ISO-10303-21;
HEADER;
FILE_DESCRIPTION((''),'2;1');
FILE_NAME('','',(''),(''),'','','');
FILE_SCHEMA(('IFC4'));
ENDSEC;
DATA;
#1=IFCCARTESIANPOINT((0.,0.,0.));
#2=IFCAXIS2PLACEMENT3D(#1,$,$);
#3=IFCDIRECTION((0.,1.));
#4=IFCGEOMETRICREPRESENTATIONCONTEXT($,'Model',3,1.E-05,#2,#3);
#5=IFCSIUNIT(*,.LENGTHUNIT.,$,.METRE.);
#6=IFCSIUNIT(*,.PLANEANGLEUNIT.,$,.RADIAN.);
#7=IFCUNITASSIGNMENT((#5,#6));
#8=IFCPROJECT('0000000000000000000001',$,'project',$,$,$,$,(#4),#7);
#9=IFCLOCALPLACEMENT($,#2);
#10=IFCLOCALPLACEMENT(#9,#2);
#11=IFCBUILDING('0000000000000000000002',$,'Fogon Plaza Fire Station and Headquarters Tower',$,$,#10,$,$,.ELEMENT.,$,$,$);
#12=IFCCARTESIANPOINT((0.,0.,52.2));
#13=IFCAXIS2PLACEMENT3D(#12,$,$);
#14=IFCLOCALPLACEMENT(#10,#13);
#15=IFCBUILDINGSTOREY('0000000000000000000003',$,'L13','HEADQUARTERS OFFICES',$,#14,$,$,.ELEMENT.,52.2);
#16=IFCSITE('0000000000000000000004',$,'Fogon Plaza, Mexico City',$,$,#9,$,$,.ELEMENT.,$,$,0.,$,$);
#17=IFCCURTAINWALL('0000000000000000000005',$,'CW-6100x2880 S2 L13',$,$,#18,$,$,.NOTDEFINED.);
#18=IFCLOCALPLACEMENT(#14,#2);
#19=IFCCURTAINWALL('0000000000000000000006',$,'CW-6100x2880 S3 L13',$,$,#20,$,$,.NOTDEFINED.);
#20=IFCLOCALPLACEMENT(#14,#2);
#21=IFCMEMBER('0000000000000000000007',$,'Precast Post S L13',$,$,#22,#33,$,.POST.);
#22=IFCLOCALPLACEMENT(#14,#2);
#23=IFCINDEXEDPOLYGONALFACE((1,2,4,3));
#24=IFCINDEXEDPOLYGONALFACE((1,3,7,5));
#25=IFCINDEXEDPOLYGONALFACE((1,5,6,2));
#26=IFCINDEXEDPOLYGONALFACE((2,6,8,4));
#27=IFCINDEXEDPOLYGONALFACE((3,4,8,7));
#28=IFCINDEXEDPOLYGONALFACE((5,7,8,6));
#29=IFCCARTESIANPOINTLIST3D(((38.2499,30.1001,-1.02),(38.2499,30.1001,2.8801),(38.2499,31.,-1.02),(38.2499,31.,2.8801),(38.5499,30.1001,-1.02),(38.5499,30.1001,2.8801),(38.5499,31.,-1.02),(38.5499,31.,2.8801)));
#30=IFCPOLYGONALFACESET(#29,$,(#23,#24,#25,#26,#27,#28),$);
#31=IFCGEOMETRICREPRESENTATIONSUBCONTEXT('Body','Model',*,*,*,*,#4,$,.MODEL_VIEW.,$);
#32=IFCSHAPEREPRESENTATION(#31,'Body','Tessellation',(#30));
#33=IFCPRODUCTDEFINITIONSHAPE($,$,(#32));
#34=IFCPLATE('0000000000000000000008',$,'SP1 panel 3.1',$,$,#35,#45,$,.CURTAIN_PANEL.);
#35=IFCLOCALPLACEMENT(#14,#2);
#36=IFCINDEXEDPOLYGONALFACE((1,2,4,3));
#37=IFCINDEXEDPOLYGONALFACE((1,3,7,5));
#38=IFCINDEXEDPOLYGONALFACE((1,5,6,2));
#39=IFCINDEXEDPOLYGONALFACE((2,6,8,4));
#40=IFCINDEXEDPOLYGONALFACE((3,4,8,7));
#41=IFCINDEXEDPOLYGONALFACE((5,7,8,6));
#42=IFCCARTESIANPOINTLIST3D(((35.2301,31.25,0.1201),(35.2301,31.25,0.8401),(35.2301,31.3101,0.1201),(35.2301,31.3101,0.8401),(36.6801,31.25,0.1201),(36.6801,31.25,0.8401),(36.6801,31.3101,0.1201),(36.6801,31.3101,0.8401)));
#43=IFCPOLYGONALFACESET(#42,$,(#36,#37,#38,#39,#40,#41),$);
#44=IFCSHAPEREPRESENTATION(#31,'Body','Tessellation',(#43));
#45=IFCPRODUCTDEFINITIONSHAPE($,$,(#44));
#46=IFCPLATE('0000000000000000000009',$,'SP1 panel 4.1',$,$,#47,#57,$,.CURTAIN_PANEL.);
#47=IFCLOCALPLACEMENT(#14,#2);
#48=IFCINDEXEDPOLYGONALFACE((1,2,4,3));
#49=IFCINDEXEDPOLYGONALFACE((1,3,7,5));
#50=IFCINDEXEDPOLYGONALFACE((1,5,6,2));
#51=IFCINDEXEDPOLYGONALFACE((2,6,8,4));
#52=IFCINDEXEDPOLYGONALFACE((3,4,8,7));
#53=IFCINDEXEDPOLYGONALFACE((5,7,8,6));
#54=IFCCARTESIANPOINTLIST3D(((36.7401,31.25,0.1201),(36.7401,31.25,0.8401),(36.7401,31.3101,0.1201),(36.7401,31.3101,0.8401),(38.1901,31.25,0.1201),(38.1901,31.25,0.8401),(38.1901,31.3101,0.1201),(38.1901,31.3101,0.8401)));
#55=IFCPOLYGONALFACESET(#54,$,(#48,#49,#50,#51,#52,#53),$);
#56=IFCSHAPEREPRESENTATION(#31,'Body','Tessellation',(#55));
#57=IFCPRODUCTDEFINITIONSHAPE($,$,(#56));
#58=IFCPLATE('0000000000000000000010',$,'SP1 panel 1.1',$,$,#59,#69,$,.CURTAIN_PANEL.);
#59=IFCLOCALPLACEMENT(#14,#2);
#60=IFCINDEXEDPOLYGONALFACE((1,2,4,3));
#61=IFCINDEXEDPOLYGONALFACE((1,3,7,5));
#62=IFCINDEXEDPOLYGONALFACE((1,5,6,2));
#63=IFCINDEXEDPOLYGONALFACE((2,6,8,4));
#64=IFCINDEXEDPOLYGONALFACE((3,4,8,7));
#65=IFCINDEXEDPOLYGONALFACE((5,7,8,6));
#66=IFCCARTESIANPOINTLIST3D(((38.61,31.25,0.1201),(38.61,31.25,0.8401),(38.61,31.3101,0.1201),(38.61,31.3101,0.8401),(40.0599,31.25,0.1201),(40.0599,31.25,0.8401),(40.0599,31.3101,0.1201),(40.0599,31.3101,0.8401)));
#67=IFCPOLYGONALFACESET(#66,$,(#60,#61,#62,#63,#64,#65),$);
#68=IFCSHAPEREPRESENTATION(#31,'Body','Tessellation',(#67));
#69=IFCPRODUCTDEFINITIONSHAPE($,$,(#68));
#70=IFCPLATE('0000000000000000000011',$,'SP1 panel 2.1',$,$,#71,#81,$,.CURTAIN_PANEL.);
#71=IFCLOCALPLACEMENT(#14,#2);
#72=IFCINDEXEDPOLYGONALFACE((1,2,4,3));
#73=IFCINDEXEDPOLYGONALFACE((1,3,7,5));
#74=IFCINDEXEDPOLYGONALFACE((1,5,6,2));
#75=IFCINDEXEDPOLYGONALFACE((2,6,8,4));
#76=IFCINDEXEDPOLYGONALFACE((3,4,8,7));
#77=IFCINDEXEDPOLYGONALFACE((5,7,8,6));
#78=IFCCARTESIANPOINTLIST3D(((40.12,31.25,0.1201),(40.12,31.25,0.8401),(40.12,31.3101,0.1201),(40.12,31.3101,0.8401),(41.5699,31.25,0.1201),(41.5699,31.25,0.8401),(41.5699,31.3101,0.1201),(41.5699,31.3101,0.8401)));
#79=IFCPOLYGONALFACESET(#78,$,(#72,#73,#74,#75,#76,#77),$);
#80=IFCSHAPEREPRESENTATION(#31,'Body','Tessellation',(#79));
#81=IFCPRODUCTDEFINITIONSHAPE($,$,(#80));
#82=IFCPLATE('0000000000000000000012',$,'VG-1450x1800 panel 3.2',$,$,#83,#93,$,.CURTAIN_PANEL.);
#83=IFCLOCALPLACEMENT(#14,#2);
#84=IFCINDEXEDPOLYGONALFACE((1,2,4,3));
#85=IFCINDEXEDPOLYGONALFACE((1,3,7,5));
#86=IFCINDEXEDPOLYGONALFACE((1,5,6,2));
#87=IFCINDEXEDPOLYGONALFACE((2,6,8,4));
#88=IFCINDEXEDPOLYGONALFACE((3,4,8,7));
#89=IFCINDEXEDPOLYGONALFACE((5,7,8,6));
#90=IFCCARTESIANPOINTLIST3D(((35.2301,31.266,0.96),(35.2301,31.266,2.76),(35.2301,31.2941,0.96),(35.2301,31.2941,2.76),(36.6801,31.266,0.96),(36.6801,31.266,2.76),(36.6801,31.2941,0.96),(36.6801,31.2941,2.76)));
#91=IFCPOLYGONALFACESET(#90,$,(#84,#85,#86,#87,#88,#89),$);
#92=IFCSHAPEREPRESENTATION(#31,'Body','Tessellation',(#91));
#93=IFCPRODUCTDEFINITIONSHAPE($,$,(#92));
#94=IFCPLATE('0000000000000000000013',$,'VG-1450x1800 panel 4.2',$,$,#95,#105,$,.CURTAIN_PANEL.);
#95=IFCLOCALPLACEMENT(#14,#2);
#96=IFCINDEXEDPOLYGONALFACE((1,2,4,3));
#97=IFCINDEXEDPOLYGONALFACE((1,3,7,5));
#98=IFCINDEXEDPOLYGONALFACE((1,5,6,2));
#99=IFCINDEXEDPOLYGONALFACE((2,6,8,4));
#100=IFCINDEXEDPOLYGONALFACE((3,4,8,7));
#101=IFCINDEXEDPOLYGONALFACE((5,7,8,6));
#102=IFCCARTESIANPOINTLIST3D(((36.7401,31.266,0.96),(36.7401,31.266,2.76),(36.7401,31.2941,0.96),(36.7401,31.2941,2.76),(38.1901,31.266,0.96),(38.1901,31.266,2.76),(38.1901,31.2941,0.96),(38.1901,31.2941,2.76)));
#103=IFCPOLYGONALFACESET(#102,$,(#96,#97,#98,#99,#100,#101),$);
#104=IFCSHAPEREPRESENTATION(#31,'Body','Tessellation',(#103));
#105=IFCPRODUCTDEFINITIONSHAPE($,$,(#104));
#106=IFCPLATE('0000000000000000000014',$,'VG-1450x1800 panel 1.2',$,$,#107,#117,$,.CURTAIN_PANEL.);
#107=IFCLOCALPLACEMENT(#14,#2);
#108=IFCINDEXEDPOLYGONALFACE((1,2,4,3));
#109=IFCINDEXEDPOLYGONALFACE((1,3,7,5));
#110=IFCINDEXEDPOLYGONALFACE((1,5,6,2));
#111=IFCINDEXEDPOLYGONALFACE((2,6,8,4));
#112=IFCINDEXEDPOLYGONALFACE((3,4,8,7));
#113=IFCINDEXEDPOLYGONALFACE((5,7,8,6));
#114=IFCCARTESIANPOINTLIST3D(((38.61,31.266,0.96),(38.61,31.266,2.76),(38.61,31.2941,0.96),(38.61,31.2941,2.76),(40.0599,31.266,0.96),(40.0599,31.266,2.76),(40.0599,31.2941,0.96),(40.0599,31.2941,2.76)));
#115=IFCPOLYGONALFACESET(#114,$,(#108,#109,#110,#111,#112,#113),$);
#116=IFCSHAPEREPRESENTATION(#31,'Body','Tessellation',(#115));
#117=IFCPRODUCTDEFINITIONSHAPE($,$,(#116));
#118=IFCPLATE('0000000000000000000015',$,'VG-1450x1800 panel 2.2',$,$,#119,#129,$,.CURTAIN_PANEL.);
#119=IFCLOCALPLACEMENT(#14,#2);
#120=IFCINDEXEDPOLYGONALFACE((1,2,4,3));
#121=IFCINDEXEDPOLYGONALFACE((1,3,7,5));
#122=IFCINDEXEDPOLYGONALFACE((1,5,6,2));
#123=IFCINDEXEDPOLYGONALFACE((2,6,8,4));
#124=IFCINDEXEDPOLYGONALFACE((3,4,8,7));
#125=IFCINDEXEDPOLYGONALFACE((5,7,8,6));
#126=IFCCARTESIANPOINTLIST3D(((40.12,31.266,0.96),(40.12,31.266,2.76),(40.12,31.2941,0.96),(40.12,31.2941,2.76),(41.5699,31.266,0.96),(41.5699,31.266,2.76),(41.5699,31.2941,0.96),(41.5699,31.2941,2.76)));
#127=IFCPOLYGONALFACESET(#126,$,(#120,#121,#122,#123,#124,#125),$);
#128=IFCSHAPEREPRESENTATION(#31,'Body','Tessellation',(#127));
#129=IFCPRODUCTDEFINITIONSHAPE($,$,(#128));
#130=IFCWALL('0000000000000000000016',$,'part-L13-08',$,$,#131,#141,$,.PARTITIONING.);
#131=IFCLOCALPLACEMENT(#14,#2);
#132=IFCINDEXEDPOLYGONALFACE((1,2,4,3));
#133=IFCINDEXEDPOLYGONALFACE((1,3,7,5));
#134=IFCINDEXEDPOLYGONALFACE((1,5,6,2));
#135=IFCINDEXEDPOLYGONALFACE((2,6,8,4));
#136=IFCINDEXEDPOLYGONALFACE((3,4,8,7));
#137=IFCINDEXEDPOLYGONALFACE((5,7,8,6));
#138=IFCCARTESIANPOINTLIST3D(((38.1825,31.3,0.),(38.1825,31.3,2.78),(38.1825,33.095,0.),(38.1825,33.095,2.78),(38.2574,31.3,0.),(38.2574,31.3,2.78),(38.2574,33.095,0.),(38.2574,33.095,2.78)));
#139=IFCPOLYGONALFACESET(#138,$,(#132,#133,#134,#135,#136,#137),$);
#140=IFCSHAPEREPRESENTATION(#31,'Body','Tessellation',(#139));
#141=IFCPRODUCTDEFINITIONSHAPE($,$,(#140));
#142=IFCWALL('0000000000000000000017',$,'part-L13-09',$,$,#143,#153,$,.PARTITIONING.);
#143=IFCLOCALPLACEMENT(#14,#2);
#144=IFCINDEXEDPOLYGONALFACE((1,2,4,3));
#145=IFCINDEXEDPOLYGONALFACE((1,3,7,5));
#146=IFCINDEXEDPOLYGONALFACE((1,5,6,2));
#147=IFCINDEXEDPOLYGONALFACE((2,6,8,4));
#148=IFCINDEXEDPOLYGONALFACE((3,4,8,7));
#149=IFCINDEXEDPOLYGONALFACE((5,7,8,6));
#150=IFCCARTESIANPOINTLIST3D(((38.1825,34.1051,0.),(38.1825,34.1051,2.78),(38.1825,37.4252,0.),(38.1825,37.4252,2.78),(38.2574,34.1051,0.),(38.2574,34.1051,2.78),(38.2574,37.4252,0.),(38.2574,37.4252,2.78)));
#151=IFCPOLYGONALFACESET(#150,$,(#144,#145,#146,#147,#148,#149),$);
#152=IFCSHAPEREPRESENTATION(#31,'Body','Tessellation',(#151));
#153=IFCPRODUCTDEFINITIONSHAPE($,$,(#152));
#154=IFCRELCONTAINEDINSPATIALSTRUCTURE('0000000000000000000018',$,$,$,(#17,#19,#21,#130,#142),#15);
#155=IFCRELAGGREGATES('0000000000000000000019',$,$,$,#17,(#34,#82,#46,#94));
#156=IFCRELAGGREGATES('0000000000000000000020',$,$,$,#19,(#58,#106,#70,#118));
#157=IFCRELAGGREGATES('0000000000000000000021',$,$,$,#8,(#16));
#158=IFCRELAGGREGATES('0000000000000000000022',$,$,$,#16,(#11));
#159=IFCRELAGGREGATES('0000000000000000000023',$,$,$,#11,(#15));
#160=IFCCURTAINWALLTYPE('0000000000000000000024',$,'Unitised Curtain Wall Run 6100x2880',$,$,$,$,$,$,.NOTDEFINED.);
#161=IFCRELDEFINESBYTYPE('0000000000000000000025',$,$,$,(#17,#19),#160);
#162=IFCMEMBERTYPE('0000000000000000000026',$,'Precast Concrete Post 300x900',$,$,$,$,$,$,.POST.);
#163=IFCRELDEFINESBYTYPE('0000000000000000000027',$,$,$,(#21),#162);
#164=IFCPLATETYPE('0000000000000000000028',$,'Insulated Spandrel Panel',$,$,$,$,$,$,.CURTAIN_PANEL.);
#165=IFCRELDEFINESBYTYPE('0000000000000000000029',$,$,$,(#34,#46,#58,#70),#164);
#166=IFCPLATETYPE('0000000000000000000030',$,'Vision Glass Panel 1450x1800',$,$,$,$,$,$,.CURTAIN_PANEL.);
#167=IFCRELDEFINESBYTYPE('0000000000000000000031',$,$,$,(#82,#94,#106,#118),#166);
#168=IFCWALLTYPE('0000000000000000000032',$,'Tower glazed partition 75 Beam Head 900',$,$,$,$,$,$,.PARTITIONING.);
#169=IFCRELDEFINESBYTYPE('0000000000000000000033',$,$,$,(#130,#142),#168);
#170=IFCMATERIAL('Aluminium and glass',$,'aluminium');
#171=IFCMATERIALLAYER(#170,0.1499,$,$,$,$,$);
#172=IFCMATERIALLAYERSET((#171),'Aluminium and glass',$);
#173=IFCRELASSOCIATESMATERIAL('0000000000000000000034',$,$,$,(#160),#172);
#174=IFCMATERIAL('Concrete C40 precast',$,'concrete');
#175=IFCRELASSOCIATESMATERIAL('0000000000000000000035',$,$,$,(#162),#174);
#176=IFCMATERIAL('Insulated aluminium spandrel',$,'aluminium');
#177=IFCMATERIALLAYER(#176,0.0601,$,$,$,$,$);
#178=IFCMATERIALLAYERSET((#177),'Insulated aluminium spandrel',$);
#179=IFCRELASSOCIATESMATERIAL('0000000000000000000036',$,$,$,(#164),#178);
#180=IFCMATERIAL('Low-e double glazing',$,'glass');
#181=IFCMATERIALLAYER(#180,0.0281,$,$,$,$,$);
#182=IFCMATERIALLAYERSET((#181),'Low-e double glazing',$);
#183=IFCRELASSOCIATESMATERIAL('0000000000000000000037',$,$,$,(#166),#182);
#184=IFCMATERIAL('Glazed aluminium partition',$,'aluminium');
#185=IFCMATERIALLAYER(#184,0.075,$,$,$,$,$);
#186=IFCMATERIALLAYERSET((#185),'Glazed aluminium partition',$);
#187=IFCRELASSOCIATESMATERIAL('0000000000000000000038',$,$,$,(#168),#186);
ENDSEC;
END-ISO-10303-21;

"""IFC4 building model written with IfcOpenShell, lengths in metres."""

from ifc_helpers import new_model, si_unit, direction, frame, frame_2d, origin, origin_2d, place, context, subcontext, project, spatial, rectangle, extrude, material, layer, layer_set, material_profile, profile_set, type_object, element, aggregate, save


model = new_model("IFC4")

# Units and contexts
model_context = context("Model", 3, precision=1e-05, world=origin(), true_north=direction((0.0, 1.0)))
body_context = subcontext(model_context, "Body", "Model", "MODEL_VIEW")
ifc_project = project(units=[si_unit("LENGTHUNIT", "METRE"), si_unit("PLANEANGLEUNIT", "RADIAN")], contexts=[model_context])

# Site, building, storey
site_placement = place(None, origin())
site = spatial("IfcSite", under=ifc_project, at=site_placement, Name="Fogon Plaza, Mexico City", CompositionType="ELEMENT", RefElevation=0.0)
building_placement = place(site_placement, origin())
building = spatial("IfcBuilding", under=site, at=building_placement, Name="Fogon Plaza Fire Station and Headquarters Tower", CompositionType="ELEMENT")
storey_placement = place(building_placement, frame((0.0, 0.0, 52.2)))
storey = spatial("IfcBuildingStorey", under=building, at=storey_placement, Name="L13", Description="HEADQUARTERS OFFICES", CompositionType="ELEMENT", Elevation=52.2)

# Curtain walls
ifc_material_1 = material(Name="Aluminium and glass", Category="aluminium")
ifc_layer_1 = layer(ifc_material_1, 0.1499)
ifc_layer_set_1 = layer_set([ifc_layer_1], Name="Aluminium and glass")
curtain_wall_type = type_object("IfcCurtainWallType", Name="Unitised Curtain Wall Run 6100x2880", PredefinedType="NOTDEFINED", material=ifc_layer_set_1)
curtain_wall_1_placement = place(storey_placement, origin())
curtain_wall_1 = element("IfcCurtainWall", 1, at=curtain_wall_1_placement, inside=storey, type_object=curtain_wall_type, Name="CW-6100x2880 S2 L13", PredefinedType="NOTDEFINED")
curtain_wall_2_placement = place(storey_placement, origin())
curtain_wall_2 = element("IfcCurtainWall", 2, at=curtain_wall_2_placement, inside=storey, type_object=curtain_wall_type, Name="CW-6100x2880 S3 L13", PredefinedType="NOTDEFINED")

# Member
ifc_material_2 = material(Name="Concrete C40 precast", Category="concrete")
ifc_material_profile_1 = material_profile(ifc_material_2, rectangle(XDim=0.3, YDim=0.8999, at=origin_2d()), Name="Precast Concrete Post 300x900")
ifc_profile_set_1 = profile_set([ifc_material_profile_1], Name="Concrete C40 precast")
member_type_1 = type_object("IfcMemberType", Name="Precast Concrete Post 300x900", PredefinedType="POST", material=ifc_profile_set_1)
member_1_placement = place(storey_placement, frame((38.3999, 30.55, -1.02), z_axis=(0.0, 0.0, 1.0), x_axis=(1.0, 0.0, 0.0)))
element("IfcMember", 3, at=member_1_placement, inside=storey, type_object=member_type_1, Name="Precast Post S L13", PredefinedType="POST", context=body_context, shape_type="SweptSolid", body=[
    extrude(rectangle(XDim=0.3, YDim=0.8999, at=origin_2d()), origin(), (0.0, 0.0, 1.0), 3.9001),
])

# Plates
ifc_material_3 = material(Name="Insulated aluminium spandrel", Category="aluminium")
ifc_layer_2 = layer(ifc_material_3, 0.0601)
ifc_layer_set_2 = layer_set([ifc_layer_2], Name="Insulated aluminium spandrel")
plate_type_1 = type_object("IfcPlateType", Name="Insulated Spandrel Panel", PredefinedType="CURTAIN_PANEL", material=ifc_layer_set_2)
plate_1_placement = place(storey_placement, frame((35.9551, 31.28, 0.1201), z_axis=(0.0, 0.0, 1.0), x_axis=(1.0, 0.0, 0.0)))
plate_1 = element("IfcPlate", 4, at=plate_1_placement, type_object=plate_type_1, Name="SP1 panel 3.1", PredefinedType="CURTAIN_PANEL", context=body_context, shape_type="SweptSolid", body=[
    extrude(rectangle(XDim=1.45, YDim=0.0601, at=origin_2d()), origin(), (0.0, 0.0, 1.0), 0.72),
])
plate_2_placement = place(storey_placement, frame((37.4651, 31.28, 0.1201), z_axis=(0.0, 0.0, 1.0), x_axis=(1.0, 0.0, 0.0)))
plate_2 = element("IfcPlate", 5, at=plate_2_placement, type_object=plate_type_1, Name="SP1 panel 4.1", PredefinedType="CURTAIN_PANEL", context=body_context, shape_type="SweptSolid", body=[
    extrude(rectangle(XDim=1.45, YDim=0.0601, at=origin_2d()), origin(), (0.0, 0.0, 1.0), 0.72),
])
plate_3_placement = place(storey_placement, frame((39.335, 31.28, 0.1201), z_axis=(0.0, 0.0, 1.0), x_axis=(1.0, 0.0, 0.0)))
plate_3 = element("IfcPlate", 6, at=plate_3_placement, type_object=plate_type_1, Name="SP1 panel 1.1", PredefinedType="CURTAIN_PANEL", context=body_context, shape_type="SweptSolid", body=[
    extrude(rectangle(XDim=1.45, YDim=0.0601, at=origin_2d()), origin(), (0.0, 0.0, 1.0), 0.72),
])
plate_4_placement = place(storey_placement, frame((40.845, 31.28, 0.1201), z_axis=(0.0, 0.0, 1.0), x_axis=(1.0, 0.0, 0.0)))
plate_4 = element("IfcPlate", 7, at=plate_4_placement, type_object=plate_type_1, Name="SP1 panel 2.1", PredefinedType="CURTAIN_PANEL", context=body_context, shape_type="SweptSolid", body=[
    extrude(rectangle(XDim=1.45, YDim=0.0601, at=origin_2d()), origin(), (0.0, 0.0, 1.0), 0.72),
])
ifc_material_4 = material(Name="Low-e double glazing", Category="glass")
ifc_layer_3 = layer(ifc_material_4, 0.0281)
ifc_layer_set_3 = layer_set([ifc_layer_3], Name="Low-e double glazing")
plate_type_2 = type_object("IfcPlateType", Name="Vision Glass Panel 1450x1800", PredefinedType="CURTAIN_PANEL", material=ifc_layer_set_3)
plate_5_placement = place(storey_placement, frame((35.9551, 31.28, 0.96), z_axis=(0.0, 0.0, 1.0), x_axis=(1.0, 0.0, 0.0)))
plate_5 = element("IfcPlate", 8, at=plate_5_placement, type_object=plate_type_2, Name="VG-1450x1800 panel 3.2", PredefinedType="CURTAIN_PANEL", context=body_context, shape_type="SweptSolid", body=[
    extrude(rectangle(XDim=1.45, YDim=0.0281, at=origin_2d()), origin(), (0.0, 0.0, 1.0), 1.8),
])
plate_6_placement = place(storey_placement, frame((37.4651, 31.28, 0.96), z_axis=(0.0, 0.0, 1.0), x_axis=(1.0, 0.0, 0.0)))
plate_6 = element("IfcPlate", 9, at=plate_6_placement, type_object=plate_type_2, Name="VG-1450x1800 panel 4.2", PredefinedType="CURTAIN_PANEL", context=body_context, shape_type="SweptSolid", body=[
    extrude(rectangle(XDim=1.45, YDim=0.0281, at=origin_2d()), origin(), (0.0, 0.0, 1.0), 1.8),
])
aggregate(curtain_wall_1, [plate_1, plate_5, plate_2, plate_6])
plate_7_placement = place(storey_placement, frame((39.335, 31.28, 0.96), z_axis=(0.0, 0.0, 1.0), x_axis=(1.0, 0.0, 0.0)))
plate_7 = element("IfcPlate", 10, at=plate_7_placement, type_object=plate_type_2, Name="VG-1450x1800 panel 1.2", PredefinedType="CURTAIN_PANEL", context=body_context, shape_type="SweptSolid", body=[
    extrude(rectangle(XDim=1.45, YDim=0.0281, at=origin_2d()), origin(), (0.0, 0.0, 1.0), 1.8),
])
plate_8_placement = place(storey_placement, frame((40.845, 31.28, 0.96), z_axis=(0.0, 0.0, 1.0), x_axis=(1.0, 0.0, 0.0)))
plate_8 = element("IfcPlate", 11, at=plate_8_placement, type_object=plate_type_2, Name="VG-1450x1800 panel 2.2", PredefinedType="CURTAIN_PANEL", context=body_context, shape_type="SweptSolid", body=[
    extrude(rectangle(XDim=1.45, YDim=0.0281, at=origin_2d()), origin(), (0.0, 0.0, 1.0), 1.8),
])
aggregate(curtain_wall_2, [plate_3, plate_7, plate_4, plate_8])

# Walls
ifc_material_5 = material(Name="Glazed aluminium partition", Category="aluminium")
ifc_layer_4 = layer(ifc_material_5, 0.075)
ifc_layer_set_4 = layer_set([ifc_layer_4], Name="Glazed aluminium partition")
wall_type = type_object("IfcWallType", Name="Tower glazed partition 75 Beam Head 900", PredefinedType="PARTITIONING", material=ifc_layer_set_4)
wall_1_placement = place(storey_placement, frame((38.22, 31.3, 0.0), z_axis=(0.0, 0.0, 1.0), x_axis=(0.0, 1.0, 0.0)))
element("IfcWall", 12, at=wall_1_placement, inside=storey, type_object=wall_type, Name="part-L13-08", PredefinedType="PARTITIONING", context=body_context, shape_type="SweptSolid", body=[
    extrude(rectangle(XDim=1.7949, YDim=0.075, at=frame_2d((0.8975, 0.0))), origin(), (0.0, 0.0, 1.0), 2.78),
])
wall_2_placement = place(storey_placement, frame((38.22, 34.105, 0.0), z_axis=(0.0, 0.0, 1.0), x_axis=(0.0, 1.0, 0.0)))
element("IfcWall", 13, at=wall_2_placement, inside=storey, type_object=wall_type, Name="part-L13-09", PredefinedType="PARTITIONING", context=body_context, shape_type="SweptSolid", body=[
    extrude(rectangle(XDim=3.3201, YDim=0.075, at=frame_2d((1.6602, 0.0))), origin(), (0.0, 0.0, 1.0), 2.78),
])

save(model, "model.ifc")
